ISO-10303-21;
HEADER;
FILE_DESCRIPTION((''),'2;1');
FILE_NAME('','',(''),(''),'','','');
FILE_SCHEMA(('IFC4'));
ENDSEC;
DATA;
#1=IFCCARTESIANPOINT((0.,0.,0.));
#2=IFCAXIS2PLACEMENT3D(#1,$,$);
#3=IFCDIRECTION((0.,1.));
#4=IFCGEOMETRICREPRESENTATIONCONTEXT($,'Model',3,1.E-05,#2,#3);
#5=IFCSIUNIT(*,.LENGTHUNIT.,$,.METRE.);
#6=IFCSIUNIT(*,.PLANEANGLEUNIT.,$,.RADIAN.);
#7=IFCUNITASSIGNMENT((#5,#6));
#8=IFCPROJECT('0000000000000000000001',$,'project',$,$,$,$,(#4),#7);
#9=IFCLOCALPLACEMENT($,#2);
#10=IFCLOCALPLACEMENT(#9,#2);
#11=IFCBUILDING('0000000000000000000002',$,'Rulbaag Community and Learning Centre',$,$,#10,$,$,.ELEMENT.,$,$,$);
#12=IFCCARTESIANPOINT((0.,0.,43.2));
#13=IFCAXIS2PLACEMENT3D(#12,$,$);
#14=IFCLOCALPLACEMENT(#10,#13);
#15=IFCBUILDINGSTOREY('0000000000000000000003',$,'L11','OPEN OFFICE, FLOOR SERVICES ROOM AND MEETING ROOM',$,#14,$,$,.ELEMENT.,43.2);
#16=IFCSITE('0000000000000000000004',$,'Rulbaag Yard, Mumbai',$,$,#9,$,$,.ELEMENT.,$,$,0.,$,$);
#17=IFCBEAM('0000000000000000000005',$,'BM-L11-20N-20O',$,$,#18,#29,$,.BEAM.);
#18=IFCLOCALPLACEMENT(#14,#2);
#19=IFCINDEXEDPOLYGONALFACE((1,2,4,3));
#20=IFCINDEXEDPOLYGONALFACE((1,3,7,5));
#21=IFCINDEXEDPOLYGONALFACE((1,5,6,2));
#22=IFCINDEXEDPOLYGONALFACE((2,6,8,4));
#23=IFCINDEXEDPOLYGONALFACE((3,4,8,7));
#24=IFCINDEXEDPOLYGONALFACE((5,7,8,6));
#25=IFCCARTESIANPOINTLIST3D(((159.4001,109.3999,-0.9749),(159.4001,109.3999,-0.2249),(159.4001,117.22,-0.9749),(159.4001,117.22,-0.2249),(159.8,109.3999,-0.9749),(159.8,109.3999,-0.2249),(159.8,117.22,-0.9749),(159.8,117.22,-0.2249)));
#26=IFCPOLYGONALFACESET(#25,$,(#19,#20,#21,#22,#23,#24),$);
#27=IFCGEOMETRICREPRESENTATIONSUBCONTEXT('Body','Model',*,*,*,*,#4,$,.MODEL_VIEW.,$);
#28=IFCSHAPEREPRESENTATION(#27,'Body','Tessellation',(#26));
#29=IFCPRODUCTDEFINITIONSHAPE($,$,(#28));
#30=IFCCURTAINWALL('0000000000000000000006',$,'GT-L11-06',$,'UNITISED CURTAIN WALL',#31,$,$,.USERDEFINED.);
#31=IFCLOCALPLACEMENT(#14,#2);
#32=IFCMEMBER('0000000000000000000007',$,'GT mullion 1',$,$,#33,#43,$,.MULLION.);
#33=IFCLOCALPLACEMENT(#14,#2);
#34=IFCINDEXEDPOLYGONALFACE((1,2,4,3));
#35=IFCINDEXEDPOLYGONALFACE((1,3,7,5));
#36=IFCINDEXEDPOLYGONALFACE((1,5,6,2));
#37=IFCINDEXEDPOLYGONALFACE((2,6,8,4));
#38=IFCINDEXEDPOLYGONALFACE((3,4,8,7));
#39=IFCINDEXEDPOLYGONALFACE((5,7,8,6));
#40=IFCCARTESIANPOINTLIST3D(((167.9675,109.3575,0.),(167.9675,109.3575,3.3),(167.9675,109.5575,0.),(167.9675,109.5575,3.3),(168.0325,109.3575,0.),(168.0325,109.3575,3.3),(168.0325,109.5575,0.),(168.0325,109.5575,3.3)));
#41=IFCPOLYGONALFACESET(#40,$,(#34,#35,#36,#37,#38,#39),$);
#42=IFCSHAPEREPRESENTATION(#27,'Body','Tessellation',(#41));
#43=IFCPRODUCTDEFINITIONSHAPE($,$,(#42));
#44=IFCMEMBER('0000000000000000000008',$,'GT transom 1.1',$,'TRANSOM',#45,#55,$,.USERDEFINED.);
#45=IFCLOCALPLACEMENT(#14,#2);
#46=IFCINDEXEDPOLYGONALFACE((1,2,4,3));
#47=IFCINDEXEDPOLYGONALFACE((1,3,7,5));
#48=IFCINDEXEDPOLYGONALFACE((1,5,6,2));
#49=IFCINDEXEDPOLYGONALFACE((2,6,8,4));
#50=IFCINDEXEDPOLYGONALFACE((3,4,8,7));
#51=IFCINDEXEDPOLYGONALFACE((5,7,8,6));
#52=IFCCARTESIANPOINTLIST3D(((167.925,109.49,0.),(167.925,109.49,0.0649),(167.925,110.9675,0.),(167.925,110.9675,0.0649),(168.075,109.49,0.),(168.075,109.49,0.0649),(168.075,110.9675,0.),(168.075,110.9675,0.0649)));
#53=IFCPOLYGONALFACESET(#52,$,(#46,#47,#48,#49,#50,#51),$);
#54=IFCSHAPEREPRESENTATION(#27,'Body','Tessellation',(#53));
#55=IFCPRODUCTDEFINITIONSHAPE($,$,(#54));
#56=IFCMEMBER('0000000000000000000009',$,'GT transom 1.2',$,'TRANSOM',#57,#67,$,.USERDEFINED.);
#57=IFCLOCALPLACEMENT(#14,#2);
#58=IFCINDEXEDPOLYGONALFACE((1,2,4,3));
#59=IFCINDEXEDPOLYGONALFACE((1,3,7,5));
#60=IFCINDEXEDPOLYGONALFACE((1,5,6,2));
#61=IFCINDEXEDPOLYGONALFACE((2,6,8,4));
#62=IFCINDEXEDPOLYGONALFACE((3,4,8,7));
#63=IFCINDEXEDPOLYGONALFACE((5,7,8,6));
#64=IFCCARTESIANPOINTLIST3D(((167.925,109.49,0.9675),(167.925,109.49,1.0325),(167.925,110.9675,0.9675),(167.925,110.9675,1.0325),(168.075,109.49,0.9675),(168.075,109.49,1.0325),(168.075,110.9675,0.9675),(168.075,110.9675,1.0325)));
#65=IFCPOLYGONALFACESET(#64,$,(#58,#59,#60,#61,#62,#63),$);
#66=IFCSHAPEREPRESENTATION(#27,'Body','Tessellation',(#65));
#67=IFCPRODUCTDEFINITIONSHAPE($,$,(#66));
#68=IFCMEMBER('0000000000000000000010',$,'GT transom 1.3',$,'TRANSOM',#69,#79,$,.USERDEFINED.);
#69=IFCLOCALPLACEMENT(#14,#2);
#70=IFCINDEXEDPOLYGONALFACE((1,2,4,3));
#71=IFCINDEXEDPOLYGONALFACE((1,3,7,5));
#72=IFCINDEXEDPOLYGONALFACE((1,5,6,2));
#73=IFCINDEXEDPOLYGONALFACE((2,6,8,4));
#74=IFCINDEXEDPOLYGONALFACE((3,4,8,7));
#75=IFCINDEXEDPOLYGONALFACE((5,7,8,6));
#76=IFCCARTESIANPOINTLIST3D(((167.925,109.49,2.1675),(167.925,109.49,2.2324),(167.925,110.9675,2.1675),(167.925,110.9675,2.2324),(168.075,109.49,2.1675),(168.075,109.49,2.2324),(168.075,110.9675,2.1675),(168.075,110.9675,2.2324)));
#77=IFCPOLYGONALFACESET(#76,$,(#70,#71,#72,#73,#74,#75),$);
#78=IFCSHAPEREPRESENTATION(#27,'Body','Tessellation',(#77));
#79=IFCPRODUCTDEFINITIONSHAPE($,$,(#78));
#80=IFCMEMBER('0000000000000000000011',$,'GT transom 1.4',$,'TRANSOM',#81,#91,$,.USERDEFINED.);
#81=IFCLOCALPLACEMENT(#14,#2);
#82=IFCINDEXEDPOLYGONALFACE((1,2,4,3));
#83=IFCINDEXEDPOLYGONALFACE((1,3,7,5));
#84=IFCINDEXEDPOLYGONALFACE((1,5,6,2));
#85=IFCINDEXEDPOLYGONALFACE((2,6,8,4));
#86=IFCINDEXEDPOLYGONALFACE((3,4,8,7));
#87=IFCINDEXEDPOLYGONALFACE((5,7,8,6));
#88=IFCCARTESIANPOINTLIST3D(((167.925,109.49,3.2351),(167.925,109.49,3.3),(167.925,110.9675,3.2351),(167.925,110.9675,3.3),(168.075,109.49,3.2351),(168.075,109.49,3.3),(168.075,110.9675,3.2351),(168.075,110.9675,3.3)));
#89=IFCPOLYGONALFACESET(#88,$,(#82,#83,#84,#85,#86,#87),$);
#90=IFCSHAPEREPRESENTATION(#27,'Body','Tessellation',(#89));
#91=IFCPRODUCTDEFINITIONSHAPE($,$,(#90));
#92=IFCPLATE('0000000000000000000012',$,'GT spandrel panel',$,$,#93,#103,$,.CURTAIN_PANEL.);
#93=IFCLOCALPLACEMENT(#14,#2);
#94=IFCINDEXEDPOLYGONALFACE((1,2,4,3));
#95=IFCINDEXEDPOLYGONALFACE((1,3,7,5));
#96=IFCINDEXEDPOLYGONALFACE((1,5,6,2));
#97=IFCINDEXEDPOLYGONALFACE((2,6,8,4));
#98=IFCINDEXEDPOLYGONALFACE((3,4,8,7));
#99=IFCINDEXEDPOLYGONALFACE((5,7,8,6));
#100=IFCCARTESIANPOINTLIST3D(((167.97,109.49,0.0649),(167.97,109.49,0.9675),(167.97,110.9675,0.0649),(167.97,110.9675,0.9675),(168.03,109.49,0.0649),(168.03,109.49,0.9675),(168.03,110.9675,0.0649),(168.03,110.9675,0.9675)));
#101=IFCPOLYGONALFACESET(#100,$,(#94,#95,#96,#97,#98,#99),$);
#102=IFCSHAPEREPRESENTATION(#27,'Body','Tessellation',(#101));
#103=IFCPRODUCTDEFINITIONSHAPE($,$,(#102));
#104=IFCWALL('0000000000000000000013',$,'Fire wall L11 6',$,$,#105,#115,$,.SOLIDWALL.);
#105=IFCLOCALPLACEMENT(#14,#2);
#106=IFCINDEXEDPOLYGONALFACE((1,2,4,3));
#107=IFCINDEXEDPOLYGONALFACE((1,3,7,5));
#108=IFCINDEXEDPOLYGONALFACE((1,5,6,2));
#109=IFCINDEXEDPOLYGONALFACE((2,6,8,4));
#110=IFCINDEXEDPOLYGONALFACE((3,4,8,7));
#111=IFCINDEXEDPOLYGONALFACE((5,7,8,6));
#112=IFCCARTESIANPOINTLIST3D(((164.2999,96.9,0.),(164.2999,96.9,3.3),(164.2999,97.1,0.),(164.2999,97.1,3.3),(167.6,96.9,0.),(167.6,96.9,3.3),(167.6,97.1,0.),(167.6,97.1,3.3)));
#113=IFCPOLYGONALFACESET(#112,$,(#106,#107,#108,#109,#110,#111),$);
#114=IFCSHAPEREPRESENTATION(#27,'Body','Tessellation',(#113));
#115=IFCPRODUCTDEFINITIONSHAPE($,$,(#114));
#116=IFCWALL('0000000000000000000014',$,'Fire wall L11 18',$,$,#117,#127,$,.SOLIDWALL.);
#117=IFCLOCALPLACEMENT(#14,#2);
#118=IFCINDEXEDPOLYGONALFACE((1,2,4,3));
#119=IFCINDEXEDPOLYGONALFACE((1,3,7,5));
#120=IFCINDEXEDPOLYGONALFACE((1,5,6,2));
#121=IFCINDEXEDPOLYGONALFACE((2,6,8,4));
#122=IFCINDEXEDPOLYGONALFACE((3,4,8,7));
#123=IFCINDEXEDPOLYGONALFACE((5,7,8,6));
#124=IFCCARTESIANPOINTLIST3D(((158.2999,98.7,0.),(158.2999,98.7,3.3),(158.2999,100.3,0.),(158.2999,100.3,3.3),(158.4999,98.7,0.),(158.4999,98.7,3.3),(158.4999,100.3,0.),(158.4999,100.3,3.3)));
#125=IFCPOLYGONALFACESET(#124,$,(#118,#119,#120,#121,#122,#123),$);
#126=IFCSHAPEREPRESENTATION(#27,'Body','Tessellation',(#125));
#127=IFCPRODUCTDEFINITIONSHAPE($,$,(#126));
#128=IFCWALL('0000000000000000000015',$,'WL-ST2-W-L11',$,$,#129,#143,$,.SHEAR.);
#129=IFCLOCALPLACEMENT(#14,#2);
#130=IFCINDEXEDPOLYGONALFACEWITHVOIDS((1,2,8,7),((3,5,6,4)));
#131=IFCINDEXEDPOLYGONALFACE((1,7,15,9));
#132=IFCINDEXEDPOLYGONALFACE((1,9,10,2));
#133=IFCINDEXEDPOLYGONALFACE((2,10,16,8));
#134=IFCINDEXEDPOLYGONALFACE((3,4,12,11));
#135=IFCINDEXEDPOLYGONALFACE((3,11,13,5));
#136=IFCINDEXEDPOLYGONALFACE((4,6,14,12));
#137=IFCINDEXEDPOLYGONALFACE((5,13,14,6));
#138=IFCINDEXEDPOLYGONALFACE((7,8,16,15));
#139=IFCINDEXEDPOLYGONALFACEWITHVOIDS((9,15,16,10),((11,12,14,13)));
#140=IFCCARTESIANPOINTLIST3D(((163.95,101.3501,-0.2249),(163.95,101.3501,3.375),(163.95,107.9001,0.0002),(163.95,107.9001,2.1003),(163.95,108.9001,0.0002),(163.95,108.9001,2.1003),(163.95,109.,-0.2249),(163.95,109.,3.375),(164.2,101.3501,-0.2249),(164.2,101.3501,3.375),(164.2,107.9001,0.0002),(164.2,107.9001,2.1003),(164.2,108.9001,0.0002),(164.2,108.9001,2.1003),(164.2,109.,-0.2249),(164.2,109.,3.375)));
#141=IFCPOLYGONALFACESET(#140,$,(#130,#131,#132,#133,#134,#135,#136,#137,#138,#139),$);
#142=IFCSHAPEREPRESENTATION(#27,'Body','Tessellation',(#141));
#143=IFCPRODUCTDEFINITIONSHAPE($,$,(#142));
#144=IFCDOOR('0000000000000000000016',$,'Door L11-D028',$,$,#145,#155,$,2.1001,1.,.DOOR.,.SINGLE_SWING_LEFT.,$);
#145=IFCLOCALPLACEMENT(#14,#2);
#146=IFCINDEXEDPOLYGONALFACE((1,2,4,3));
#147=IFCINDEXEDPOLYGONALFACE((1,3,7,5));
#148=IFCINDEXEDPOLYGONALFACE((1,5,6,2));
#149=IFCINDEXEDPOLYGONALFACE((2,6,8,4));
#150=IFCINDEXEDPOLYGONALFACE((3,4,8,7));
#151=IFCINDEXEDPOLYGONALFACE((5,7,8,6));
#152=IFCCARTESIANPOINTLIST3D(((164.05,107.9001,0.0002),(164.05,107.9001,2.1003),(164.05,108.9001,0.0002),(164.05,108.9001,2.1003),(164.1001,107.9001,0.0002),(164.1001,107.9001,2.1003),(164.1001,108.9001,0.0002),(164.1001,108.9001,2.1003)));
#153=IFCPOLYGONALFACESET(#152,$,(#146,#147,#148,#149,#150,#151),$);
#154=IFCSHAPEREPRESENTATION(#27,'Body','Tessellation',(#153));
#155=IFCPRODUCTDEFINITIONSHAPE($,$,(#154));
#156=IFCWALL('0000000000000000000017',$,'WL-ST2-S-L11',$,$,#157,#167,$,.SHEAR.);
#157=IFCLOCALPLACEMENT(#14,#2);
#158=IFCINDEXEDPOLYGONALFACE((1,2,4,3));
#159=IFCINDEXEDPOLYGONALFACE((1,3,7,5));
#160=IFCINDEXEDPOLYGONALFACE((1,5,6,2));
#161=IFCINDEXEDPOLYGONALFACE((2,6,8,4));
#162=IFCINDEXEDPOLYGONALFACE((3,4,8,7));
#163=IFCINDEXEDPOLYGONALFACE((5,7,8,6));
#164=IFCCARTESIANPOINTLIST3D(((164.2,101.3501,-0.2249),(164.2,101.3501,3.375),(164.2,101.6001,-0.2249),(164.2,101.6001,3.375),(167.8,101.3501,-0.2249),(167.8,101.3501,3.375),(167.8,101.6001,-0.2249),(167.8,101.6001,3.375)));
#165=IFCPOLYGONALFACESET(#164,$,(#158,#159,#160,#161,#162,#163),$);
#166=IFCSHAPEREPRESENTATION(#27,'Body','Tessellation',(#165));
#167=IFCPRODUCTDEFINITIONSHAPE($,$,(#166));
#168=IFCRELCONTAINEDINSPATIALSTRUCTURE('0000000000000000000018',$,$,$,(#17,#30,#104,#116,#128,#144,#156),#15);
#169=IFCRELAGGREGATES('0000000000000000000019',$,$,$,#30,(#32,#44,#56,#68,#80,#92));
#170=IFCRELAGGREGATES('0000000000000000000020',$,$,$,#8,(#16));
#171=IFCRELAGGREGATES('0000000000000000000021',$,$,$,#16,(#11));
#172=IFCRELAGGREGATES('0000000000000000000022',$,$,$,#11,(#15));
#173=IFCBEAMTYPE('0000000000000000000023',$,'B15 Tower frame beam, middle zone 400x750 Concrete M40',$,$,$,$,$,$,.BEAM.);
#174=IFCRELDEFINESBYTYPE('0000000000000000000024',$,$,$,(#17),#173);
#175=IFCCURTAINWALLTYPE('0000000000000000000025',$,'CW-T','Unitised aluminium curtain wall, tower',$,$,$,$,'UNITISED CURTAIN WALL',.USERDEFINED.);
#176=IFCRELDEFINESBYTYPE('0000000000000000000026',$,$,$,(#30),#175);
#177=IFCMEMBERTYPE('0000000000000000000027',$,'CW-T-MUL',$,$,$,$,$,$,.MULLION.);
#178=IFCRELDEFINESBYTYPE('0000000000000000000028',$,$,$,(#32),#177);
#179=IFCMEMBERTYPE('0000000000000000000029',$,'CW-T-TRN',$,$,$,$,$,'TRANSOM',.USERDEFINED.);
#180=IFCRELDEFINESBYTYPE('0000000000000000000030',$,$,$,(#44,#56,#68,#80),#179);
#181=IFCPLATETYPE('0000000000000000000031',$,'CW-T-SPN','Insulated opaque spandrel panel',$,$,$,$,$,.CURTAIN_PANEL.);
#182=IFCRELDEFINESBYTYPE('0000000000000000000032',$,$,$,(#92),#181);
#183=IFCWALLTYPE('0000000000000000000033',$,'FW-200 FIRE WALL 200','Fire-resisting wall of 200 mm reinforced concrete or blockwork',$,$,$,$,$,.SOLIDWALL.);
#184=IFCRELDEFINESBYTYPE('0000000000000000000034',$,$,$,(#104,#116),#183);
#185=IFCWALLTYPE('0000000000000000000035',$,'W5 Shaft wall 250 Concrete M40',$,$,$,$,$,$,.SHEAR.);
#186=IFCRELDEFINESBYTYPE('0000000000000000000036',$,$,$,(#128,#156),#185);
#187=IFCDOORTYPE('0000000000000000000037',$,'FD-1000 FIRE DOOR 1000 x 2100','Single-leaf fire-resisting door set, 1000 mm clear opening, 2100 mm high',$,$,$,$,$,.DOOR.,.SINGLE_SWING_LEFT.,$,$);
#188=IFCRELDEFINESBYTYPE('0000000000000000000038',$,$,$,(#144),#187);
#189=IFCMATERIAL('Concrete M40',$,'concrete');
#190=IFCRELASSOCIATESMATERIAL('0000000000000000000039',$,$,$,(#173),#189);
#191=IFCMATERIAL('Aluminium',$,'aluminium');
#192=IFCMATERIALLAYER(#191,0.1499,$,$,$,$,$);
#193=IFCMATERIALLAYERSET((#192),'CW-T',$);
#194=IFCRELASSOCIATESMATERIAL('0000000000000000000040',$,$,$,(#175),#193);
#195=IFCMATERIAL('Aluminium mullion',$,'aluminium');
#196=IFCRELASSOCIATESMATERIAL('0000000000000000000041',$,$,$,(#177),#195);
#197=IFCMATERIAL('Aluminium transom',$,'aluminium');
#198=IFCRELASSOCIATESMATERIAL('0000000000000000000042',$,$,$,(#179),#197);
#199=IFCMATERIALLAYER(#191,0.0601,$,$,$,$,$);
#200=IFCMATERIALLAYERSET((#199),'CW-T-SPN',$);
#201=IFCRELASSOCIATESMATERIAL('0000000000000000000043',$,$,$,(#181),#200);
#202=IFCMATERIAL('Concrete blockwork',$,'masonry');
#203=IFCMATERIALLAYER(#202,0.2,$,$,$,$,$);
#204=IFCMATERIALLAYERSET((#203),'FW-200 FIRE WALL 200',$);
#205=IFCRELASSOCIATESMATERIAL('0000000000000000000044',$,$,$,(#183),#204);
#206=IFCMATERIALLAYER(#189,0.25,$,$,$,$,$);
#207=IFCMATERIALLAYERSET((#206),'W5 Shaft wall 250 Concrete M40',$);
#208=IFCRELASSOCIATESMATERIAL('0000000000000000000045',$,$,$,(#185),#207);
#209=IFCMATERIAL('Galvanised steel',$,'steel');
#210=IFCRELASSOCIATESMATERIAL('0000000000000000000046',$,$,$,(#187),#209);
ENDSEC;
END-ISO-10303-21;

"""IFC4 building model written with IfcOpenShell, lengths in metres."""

from ifc_helpers import new_model, si_unit, direction, frame, frame_2d, origin, origin_2d, place, context, subcontext, project, spatial, rectangle, extrude, material, layer, layer_set, material_profile, profile_set, type_object, element, fill, aggregate, save


model = new_model("IFC4")

# Units and contexts
model_context = context("Model", 3, precision=1e-05, world=origin(), true_north=direction((0.0, 1.0)))
body_context = subcontext(model_context, "Body", "Model", "MODEL_VIEW")
ifc_project = project(units=[si_unit("LENGTHUNIT", "METRE"), si_unit("PLANEANGLEUNIT", "RADIAN")], contexts=[model_context])

# Site, building, storey
site_placement = place(None, origin())
site = spatial("IfcSite", under=ifc_project, at=site_placement, Name="Rulbaag Yard, Mumbai", CompositionType="ELEMENT", RefElevation=0.0)
building_placement = place(site_placement, origin())
building = spatial("IfcBuilding", under=site, at=building_placement, Name="Rulbaag Community and Learning Centre", CompositionType="ELEMENT")
storey_placement = place(building_placement, frame((0.0, 0.0, 43.2)))
storey = spatial("IfcBuildingStorey", under=building, at=storey_placement, Name="L11", Description="OPEN OFFICE, FLOOR SERVICES ROOM AND MEETING ROOM", CompositionType="ELEMENT", Elevation=43.2)

# Beam
ifc_material_1 = material(Name="Concrete M40", Category="concrete")
ifc_material_profile_1 = material_profile(ifc_material_1, rectangle(XDim=0.3999, YDim=0.75, at=origin_2d()), Name="RB400x750")
ifc_profile_set_1 = profile_set([ifc_material_profile_1], Name="Concrete M40")
beam_type = type_object("IfcBeamType", Name="B15 Tower frame beam, middle zone 400x750 Concrete M40", PredefinedType="BEAM", material=ifc_profile_set_1)
beam_placement = place(storey_placement, frame((159.6001, 109.3999, -0.5999), z_axis=(0.0, 1.0, 0.0), x_axis=(-1.0, 0.0, 0.0)))
element("IfcBeam", 1, at=beam_placement, inside=storey, type_object=beam_type, Name="BM-L11-20N-20O", PredefinedType="BEAM", context=body_context, shape_type="SweptSolid", body=[
    extrude(rectangle(XDim=0.3999, YDim=0.75, at=origin_2d()), origin(), (0.0, 0.0, 1.0), 7.8201),
])

# Curtain wall, members, plate
ifc_material_2 = material(Name="Aluminium", Category="aluminium")
ifc_layer_1 = layer(ifc_material_2, 0.1499)
ifc_layer_set_1 = layer_set([ifc_layer_1], Name="CW-T")
curtain_wall_type = type_object("IfcCurtainWallType", Name="CW-T", Description="Unitised aluminium curtain wall, tower", ElementType="UNITISED CURTAIN WALL", PredefinedType="USERDEFINED", material=ifc_layer_set_1)
curtain_wall_placement = place(storey_placement, origin())
curtain_wall = element("IfcCurtainWall", 2, at=curtain_wall_placement, inside=storey, type_object=curtain_wall_type, Name="GT-L11-06", ObjectType="UNITISED CURTAIN WALL", PredefinedType="USERDEFINED")
ifc_material_3 = material(Name="Aluminium mullion", Category="aluminium")
ifc_material_profile_2 = material_profile(ifc_material_3, rectangle(XDim=0.0649, YDim=0.2, at=origin_2d()), Name="AL 65x200")
ifc_profile_set_2 = profile_set([ifc_material_profile_2], Name="Aluminium mullion")
member_type_1 = type_object("IfcMemberType", Name="CW-T-MUL", PredefinedType="MULLION", material=ifc_profile_set_2)
member_1_placement = place(storey_placement, frame((168.0, 109.4575, 0.0), z_axis=(0.0, 0.0, 1.0), x_axis=(-1.0, 0.0, 0.0)))
member_1 = element("IfcMember", 3, at=member_1_placement, type_object=member_type_1, Name="GT mullion 1", PredefinedType="MULLION", context=body_context, shape_type="SweptSolid", body=[
    extrude(rectangle(XDim=0.0649, YDim=0.2, at=origin_2d()), origin(), (0.0, 0.0, 1.0), 3.3),
])
ifc_material_4 = material(Name="Aluminium transom", Category="aluminium")
ifc_material_profile_3 = material_profile(ifc_material_4, rectangle(XDim=0.1499, YDim=0.0649, at=origin_2d()), Name="AL 65x150 T")
ifc_profile_set_3 = profile_set([ifc_material_profile_3], Name="Aluminium transom")
member_type_2 = type_object("IfcMemberType", Name="CW-T-TRN", ElementType="TRANSOM", PredefinedType="USERDEFINED", material=ifc_profile_set_3)
member_2_placement = place(storey_placement, frame((168.0, 109.49, 0.0325), z_axis=(0.0, 1.0, 0.0), x_axis=(-1.0, 0.0, 0.0)))
member_2 = element("IfcMember", 4, at=member_2_placement, type_object=member_type_2, Name="GT transom 1.1", ObjectType="TRANSOM", PredefinedType="USERDEFINED", context=body_context, shape_type="SweptSolid", body=[
    extrude(rectangle(XDim=0.1499, YDim=0.0649, at=origin_2d()), origin(), (0.0, 0.0, 1.0), 1.4775),
])
member_3_placement = place(storey_placement, frame((168.0, 109.49, 1.0), z_axis=(0.0, 1.0, 0.0), x_axis=(-1.0, 0.0, 0.0)))
member_3 = element("IfcMember", 5, at=member_3_placement, type_object=member_type_2, Name="GT transom 1.2", ObjectType="TRANSOM", PredefinedType="USERDEFINED", context=body_context, shape_type="SweptSolid", body=[
    extrude(rectangle(XDim=0.1499, YDim=0.0649, at=origin_2d()), origin(), (0.0, 0.0, 1.0), 1.4775),
])
member_4_placement = place(storey_placement, frame((168.0, 109.49, 2.2), z_axis=(0.0, 1.0, 0.0), x_axis=(-1.0, 0.0, 0.0)))
member_4 = element("IfcMember", 6, at=member_4_placement, type_object=member_type_2, Name="GT transom 1.3", ObjectType="TRANSOM", PredefinedType="USERDEFINED", context=body_context, shape_type="SweptSolid", body=[
    extrude(rectangle(XDim=0.1499, YDim=0.0649, at=origin_2d()), origin(), (0.0, 0.0, 1.0), 1.4775),
])
member_5_placement = place(storey_placement, frame((168.0, 109.49, 3.2676), z_axis=(0.0, 1.0, 0.0), x_axis=(-1.0, 0.0, 0.0)))
member_5 = element("IfcMember", 7, at=member_5_placement, type_object=member_type_2, Name="GT transom 1.4", ObjectType="TRANSOM", PredefinedType="USERDEFINED", context=body_context, shape_type="SweptSolid", body=[
    extrude(rectangle(XDim=0.1499, YDim=0.0649, at=origin_2d()), origin(), (0.0, 0.0, 1.0), 1.4775),
])
ifc_layer_2 = layer(ifc_material_2, 0.0601)
ifc_layer_set_2 = layer_set([ifc_layer_2], Name="CW-T-SPN")
plate_type = type_object("IfcPlateType", Name="CW-T-SPN", Description="Insulated opaque spandrel panel", PredefinedType="CURTAIN_PANEL", material=ifc_layer_set_2)
plate_placement = place(storey_placement, frame((168.0, 110.2288, 0.0649), z_axis=(0.0, 0.0, 1.0), x_axis=(0.0, 1.0, 0.0)))
plate = element("IfcPlate", 8, at=plate_placement, type_object=plate_type, Name="GT spandrel panel", PredefinedType="CURTAIN_PANEL", context=body_context, shape_type="SweptSolid", body=[
    extrude(rectangle(XDim=1.4775, YDim=0.0601, at=origin_2d()), origin(), (0.0, 0.0, 1.0), 0.9026),
])
aggregate(curtain_wall, [member_1, member_2, member_3, member_4, member_5, plate])

# Walls
ifc_material_5 = material(Name="Concrete blockwork", Category="masonry")
ifc_layer_3 = layer(ifc_material_5, 0.2)
ifc_layer_set_3 = layer_set([ifc_layer_3], Name="FW-200 FIRE WALL 200")
wall_type_1 = type_object("IfcWallType", Name="FW-200 FIRE WALL 200", Description="Fire-resisting wall of 200 mm reinforced concrete or blockwork", PredefinedType="SOLIDWALL", material=ifc_layer_set_3)
wall_1_placement = place(storey_placement, frame((164.3, 97.0, 0.0), z_axis=(0.0, 0.0, 1.0), x_axis=(1.0, 0.0, 0.0)))
element("IfcWall", 9, at=wall_1_placement, inside=storey, type_object=wall_type_1, Name="Fire wall L11 6", PredefinedType="SOLIDWALL", context=body_context, shape_type="SweptSolid", body=[
    extrude(rectangle(XDim=3.3, YDim=0.2, at=frame_2d((1.6499, 0.0))), origin(), (0.0, 0.0, 1.0), 3.3),
])
wall_2_placement = place(storey_placement, frame((158.3999, 98.7, 0.0), z_axis=(0.0, 0.0, 1.0), x_axis=(0.0, 1.0, 0.0)))
element("IfcWall", 10, at=wall_2_placement, inside=storey, type_object=wall_type_1, Name="Fire wall L11 18", PredefinedType="SOLIDWALL", context=body_context, shape_type="SweptSolid", body=[
    extrude(rectangle(XDim=1.6001, YDim=0.2, at=frame_2d((0.8, 0.0))), origin(), (0.0, 0.0, 1.0), 3.3),
])

# Wall, opening, door
ifc_layer_4 = layer(ifc_material_1, 0.25)
ifc_layer_set_4 = layer_set([ifc_layer_4], Name="W5 Shaft wall 250 Concrete M40")
wall_type_2 = type_object("IfcWallType", Name="W5 Shaft wall 250 Concrete M40", PredefinedType="SHEAR", material=ifc_layer_set_4)
wall_3_placement = place(storey_placement, frame((164.075, 101.3501, -0.2249), z_axis=(0.0, 0.0, 1.0), x_axis=(0.0, 1.0, 0.0)))
wall_3 = element("IfcWall", 11, at=wall_3_placement, inside=storey, type_object=wall_type_2, Name="WL-ST2-W-L11", PredefinedType="SHEAR", context=body_context, shape_type="SweptSolid", body=[
    extrude(rectangle(XDim=7.6499, YDim=0.25, at=frame_2d((3.825, 0.0))), origin(), (0.0, 0.0, 1.0), 3.5999),
])
opening_placement = place(wall_3_placement, frame((6.55, 0.0, 0.2251)))
opening = element("IfcOpeningElement", 12, at=opening_placement, cuts=wall_3, PredefinedType="OPENING", context=body_context, shape_type="SweptSolid", body=[
    extrude(rectangle(XDim=1.0, YDim=2.1001, at=frame_2d((0.5, 1.05))), frame((0.0, 0.135, 0.0), z_axis=(0.0, -1.0, 0.0), x_axis=(1.0, 0.0, 0.0)), (0.0, 0.0, 1.0), 0.27),
])
ifc_material_6 = material(Name="Galvanised steel", Category="steel")
door_type = type_object("IfcDoorType", Name="FD-1000 FIRE DOOR 1000 x 2100", Description="Single-leaf fire-resisting door set, 1000 mm clear opening, 2100 mm high", OperationType="SINGLE_SWING_LEFT", PredefinedType="DOOR", material=ifc_material_6)
door_placement = place(opening_placement, origin())
door = element("IfcDoor", 13, at=door_placement, inside=storey, type_object=door_type, Name="Door L11-D028", OperationType="SINGLE_SWING_LEFT", OverallHeight=2.1001, OverallWidth=1.0, PredefinedType="DOOR", context=body_context, shape_type="SweptSolid", body=[
    extrude(rectangle(XDim=1.0, YDim=2.1001, at=frame_2d((0.5, 1.05))), frame((0.0, 0.0249, 0.0), z_axis=(0.0, -1.0, 0.0), x_axis=(1.0, 0.0, 0.0)), (0.0, 0.0, 1.0), 0.05),
])
fill(opening, door)

# Wall
wall_4_placement = place(storey_placement, frame((164.2, 101.4751, -0.2249), z_axis=(0.0, 0.0, 1.0), x_axis=(1.0, 0.0, 0.0)))
element("IfcWall", 14, at=wall_4_placement, inside=storey, type_object=wall_type_2, Name="WL-ST2-S-L11", PredefinedType="SHEAR", context=body_context, shape_type="SweptSolid", body=[
    extrude(rectangle(XDim=3.6001, YDim=0.25, at=frame_2d((1.8, 0.0))), origin(), (0.0, 0.0, 1.0), 3.5999),
])

save(model, "model.ifc")
